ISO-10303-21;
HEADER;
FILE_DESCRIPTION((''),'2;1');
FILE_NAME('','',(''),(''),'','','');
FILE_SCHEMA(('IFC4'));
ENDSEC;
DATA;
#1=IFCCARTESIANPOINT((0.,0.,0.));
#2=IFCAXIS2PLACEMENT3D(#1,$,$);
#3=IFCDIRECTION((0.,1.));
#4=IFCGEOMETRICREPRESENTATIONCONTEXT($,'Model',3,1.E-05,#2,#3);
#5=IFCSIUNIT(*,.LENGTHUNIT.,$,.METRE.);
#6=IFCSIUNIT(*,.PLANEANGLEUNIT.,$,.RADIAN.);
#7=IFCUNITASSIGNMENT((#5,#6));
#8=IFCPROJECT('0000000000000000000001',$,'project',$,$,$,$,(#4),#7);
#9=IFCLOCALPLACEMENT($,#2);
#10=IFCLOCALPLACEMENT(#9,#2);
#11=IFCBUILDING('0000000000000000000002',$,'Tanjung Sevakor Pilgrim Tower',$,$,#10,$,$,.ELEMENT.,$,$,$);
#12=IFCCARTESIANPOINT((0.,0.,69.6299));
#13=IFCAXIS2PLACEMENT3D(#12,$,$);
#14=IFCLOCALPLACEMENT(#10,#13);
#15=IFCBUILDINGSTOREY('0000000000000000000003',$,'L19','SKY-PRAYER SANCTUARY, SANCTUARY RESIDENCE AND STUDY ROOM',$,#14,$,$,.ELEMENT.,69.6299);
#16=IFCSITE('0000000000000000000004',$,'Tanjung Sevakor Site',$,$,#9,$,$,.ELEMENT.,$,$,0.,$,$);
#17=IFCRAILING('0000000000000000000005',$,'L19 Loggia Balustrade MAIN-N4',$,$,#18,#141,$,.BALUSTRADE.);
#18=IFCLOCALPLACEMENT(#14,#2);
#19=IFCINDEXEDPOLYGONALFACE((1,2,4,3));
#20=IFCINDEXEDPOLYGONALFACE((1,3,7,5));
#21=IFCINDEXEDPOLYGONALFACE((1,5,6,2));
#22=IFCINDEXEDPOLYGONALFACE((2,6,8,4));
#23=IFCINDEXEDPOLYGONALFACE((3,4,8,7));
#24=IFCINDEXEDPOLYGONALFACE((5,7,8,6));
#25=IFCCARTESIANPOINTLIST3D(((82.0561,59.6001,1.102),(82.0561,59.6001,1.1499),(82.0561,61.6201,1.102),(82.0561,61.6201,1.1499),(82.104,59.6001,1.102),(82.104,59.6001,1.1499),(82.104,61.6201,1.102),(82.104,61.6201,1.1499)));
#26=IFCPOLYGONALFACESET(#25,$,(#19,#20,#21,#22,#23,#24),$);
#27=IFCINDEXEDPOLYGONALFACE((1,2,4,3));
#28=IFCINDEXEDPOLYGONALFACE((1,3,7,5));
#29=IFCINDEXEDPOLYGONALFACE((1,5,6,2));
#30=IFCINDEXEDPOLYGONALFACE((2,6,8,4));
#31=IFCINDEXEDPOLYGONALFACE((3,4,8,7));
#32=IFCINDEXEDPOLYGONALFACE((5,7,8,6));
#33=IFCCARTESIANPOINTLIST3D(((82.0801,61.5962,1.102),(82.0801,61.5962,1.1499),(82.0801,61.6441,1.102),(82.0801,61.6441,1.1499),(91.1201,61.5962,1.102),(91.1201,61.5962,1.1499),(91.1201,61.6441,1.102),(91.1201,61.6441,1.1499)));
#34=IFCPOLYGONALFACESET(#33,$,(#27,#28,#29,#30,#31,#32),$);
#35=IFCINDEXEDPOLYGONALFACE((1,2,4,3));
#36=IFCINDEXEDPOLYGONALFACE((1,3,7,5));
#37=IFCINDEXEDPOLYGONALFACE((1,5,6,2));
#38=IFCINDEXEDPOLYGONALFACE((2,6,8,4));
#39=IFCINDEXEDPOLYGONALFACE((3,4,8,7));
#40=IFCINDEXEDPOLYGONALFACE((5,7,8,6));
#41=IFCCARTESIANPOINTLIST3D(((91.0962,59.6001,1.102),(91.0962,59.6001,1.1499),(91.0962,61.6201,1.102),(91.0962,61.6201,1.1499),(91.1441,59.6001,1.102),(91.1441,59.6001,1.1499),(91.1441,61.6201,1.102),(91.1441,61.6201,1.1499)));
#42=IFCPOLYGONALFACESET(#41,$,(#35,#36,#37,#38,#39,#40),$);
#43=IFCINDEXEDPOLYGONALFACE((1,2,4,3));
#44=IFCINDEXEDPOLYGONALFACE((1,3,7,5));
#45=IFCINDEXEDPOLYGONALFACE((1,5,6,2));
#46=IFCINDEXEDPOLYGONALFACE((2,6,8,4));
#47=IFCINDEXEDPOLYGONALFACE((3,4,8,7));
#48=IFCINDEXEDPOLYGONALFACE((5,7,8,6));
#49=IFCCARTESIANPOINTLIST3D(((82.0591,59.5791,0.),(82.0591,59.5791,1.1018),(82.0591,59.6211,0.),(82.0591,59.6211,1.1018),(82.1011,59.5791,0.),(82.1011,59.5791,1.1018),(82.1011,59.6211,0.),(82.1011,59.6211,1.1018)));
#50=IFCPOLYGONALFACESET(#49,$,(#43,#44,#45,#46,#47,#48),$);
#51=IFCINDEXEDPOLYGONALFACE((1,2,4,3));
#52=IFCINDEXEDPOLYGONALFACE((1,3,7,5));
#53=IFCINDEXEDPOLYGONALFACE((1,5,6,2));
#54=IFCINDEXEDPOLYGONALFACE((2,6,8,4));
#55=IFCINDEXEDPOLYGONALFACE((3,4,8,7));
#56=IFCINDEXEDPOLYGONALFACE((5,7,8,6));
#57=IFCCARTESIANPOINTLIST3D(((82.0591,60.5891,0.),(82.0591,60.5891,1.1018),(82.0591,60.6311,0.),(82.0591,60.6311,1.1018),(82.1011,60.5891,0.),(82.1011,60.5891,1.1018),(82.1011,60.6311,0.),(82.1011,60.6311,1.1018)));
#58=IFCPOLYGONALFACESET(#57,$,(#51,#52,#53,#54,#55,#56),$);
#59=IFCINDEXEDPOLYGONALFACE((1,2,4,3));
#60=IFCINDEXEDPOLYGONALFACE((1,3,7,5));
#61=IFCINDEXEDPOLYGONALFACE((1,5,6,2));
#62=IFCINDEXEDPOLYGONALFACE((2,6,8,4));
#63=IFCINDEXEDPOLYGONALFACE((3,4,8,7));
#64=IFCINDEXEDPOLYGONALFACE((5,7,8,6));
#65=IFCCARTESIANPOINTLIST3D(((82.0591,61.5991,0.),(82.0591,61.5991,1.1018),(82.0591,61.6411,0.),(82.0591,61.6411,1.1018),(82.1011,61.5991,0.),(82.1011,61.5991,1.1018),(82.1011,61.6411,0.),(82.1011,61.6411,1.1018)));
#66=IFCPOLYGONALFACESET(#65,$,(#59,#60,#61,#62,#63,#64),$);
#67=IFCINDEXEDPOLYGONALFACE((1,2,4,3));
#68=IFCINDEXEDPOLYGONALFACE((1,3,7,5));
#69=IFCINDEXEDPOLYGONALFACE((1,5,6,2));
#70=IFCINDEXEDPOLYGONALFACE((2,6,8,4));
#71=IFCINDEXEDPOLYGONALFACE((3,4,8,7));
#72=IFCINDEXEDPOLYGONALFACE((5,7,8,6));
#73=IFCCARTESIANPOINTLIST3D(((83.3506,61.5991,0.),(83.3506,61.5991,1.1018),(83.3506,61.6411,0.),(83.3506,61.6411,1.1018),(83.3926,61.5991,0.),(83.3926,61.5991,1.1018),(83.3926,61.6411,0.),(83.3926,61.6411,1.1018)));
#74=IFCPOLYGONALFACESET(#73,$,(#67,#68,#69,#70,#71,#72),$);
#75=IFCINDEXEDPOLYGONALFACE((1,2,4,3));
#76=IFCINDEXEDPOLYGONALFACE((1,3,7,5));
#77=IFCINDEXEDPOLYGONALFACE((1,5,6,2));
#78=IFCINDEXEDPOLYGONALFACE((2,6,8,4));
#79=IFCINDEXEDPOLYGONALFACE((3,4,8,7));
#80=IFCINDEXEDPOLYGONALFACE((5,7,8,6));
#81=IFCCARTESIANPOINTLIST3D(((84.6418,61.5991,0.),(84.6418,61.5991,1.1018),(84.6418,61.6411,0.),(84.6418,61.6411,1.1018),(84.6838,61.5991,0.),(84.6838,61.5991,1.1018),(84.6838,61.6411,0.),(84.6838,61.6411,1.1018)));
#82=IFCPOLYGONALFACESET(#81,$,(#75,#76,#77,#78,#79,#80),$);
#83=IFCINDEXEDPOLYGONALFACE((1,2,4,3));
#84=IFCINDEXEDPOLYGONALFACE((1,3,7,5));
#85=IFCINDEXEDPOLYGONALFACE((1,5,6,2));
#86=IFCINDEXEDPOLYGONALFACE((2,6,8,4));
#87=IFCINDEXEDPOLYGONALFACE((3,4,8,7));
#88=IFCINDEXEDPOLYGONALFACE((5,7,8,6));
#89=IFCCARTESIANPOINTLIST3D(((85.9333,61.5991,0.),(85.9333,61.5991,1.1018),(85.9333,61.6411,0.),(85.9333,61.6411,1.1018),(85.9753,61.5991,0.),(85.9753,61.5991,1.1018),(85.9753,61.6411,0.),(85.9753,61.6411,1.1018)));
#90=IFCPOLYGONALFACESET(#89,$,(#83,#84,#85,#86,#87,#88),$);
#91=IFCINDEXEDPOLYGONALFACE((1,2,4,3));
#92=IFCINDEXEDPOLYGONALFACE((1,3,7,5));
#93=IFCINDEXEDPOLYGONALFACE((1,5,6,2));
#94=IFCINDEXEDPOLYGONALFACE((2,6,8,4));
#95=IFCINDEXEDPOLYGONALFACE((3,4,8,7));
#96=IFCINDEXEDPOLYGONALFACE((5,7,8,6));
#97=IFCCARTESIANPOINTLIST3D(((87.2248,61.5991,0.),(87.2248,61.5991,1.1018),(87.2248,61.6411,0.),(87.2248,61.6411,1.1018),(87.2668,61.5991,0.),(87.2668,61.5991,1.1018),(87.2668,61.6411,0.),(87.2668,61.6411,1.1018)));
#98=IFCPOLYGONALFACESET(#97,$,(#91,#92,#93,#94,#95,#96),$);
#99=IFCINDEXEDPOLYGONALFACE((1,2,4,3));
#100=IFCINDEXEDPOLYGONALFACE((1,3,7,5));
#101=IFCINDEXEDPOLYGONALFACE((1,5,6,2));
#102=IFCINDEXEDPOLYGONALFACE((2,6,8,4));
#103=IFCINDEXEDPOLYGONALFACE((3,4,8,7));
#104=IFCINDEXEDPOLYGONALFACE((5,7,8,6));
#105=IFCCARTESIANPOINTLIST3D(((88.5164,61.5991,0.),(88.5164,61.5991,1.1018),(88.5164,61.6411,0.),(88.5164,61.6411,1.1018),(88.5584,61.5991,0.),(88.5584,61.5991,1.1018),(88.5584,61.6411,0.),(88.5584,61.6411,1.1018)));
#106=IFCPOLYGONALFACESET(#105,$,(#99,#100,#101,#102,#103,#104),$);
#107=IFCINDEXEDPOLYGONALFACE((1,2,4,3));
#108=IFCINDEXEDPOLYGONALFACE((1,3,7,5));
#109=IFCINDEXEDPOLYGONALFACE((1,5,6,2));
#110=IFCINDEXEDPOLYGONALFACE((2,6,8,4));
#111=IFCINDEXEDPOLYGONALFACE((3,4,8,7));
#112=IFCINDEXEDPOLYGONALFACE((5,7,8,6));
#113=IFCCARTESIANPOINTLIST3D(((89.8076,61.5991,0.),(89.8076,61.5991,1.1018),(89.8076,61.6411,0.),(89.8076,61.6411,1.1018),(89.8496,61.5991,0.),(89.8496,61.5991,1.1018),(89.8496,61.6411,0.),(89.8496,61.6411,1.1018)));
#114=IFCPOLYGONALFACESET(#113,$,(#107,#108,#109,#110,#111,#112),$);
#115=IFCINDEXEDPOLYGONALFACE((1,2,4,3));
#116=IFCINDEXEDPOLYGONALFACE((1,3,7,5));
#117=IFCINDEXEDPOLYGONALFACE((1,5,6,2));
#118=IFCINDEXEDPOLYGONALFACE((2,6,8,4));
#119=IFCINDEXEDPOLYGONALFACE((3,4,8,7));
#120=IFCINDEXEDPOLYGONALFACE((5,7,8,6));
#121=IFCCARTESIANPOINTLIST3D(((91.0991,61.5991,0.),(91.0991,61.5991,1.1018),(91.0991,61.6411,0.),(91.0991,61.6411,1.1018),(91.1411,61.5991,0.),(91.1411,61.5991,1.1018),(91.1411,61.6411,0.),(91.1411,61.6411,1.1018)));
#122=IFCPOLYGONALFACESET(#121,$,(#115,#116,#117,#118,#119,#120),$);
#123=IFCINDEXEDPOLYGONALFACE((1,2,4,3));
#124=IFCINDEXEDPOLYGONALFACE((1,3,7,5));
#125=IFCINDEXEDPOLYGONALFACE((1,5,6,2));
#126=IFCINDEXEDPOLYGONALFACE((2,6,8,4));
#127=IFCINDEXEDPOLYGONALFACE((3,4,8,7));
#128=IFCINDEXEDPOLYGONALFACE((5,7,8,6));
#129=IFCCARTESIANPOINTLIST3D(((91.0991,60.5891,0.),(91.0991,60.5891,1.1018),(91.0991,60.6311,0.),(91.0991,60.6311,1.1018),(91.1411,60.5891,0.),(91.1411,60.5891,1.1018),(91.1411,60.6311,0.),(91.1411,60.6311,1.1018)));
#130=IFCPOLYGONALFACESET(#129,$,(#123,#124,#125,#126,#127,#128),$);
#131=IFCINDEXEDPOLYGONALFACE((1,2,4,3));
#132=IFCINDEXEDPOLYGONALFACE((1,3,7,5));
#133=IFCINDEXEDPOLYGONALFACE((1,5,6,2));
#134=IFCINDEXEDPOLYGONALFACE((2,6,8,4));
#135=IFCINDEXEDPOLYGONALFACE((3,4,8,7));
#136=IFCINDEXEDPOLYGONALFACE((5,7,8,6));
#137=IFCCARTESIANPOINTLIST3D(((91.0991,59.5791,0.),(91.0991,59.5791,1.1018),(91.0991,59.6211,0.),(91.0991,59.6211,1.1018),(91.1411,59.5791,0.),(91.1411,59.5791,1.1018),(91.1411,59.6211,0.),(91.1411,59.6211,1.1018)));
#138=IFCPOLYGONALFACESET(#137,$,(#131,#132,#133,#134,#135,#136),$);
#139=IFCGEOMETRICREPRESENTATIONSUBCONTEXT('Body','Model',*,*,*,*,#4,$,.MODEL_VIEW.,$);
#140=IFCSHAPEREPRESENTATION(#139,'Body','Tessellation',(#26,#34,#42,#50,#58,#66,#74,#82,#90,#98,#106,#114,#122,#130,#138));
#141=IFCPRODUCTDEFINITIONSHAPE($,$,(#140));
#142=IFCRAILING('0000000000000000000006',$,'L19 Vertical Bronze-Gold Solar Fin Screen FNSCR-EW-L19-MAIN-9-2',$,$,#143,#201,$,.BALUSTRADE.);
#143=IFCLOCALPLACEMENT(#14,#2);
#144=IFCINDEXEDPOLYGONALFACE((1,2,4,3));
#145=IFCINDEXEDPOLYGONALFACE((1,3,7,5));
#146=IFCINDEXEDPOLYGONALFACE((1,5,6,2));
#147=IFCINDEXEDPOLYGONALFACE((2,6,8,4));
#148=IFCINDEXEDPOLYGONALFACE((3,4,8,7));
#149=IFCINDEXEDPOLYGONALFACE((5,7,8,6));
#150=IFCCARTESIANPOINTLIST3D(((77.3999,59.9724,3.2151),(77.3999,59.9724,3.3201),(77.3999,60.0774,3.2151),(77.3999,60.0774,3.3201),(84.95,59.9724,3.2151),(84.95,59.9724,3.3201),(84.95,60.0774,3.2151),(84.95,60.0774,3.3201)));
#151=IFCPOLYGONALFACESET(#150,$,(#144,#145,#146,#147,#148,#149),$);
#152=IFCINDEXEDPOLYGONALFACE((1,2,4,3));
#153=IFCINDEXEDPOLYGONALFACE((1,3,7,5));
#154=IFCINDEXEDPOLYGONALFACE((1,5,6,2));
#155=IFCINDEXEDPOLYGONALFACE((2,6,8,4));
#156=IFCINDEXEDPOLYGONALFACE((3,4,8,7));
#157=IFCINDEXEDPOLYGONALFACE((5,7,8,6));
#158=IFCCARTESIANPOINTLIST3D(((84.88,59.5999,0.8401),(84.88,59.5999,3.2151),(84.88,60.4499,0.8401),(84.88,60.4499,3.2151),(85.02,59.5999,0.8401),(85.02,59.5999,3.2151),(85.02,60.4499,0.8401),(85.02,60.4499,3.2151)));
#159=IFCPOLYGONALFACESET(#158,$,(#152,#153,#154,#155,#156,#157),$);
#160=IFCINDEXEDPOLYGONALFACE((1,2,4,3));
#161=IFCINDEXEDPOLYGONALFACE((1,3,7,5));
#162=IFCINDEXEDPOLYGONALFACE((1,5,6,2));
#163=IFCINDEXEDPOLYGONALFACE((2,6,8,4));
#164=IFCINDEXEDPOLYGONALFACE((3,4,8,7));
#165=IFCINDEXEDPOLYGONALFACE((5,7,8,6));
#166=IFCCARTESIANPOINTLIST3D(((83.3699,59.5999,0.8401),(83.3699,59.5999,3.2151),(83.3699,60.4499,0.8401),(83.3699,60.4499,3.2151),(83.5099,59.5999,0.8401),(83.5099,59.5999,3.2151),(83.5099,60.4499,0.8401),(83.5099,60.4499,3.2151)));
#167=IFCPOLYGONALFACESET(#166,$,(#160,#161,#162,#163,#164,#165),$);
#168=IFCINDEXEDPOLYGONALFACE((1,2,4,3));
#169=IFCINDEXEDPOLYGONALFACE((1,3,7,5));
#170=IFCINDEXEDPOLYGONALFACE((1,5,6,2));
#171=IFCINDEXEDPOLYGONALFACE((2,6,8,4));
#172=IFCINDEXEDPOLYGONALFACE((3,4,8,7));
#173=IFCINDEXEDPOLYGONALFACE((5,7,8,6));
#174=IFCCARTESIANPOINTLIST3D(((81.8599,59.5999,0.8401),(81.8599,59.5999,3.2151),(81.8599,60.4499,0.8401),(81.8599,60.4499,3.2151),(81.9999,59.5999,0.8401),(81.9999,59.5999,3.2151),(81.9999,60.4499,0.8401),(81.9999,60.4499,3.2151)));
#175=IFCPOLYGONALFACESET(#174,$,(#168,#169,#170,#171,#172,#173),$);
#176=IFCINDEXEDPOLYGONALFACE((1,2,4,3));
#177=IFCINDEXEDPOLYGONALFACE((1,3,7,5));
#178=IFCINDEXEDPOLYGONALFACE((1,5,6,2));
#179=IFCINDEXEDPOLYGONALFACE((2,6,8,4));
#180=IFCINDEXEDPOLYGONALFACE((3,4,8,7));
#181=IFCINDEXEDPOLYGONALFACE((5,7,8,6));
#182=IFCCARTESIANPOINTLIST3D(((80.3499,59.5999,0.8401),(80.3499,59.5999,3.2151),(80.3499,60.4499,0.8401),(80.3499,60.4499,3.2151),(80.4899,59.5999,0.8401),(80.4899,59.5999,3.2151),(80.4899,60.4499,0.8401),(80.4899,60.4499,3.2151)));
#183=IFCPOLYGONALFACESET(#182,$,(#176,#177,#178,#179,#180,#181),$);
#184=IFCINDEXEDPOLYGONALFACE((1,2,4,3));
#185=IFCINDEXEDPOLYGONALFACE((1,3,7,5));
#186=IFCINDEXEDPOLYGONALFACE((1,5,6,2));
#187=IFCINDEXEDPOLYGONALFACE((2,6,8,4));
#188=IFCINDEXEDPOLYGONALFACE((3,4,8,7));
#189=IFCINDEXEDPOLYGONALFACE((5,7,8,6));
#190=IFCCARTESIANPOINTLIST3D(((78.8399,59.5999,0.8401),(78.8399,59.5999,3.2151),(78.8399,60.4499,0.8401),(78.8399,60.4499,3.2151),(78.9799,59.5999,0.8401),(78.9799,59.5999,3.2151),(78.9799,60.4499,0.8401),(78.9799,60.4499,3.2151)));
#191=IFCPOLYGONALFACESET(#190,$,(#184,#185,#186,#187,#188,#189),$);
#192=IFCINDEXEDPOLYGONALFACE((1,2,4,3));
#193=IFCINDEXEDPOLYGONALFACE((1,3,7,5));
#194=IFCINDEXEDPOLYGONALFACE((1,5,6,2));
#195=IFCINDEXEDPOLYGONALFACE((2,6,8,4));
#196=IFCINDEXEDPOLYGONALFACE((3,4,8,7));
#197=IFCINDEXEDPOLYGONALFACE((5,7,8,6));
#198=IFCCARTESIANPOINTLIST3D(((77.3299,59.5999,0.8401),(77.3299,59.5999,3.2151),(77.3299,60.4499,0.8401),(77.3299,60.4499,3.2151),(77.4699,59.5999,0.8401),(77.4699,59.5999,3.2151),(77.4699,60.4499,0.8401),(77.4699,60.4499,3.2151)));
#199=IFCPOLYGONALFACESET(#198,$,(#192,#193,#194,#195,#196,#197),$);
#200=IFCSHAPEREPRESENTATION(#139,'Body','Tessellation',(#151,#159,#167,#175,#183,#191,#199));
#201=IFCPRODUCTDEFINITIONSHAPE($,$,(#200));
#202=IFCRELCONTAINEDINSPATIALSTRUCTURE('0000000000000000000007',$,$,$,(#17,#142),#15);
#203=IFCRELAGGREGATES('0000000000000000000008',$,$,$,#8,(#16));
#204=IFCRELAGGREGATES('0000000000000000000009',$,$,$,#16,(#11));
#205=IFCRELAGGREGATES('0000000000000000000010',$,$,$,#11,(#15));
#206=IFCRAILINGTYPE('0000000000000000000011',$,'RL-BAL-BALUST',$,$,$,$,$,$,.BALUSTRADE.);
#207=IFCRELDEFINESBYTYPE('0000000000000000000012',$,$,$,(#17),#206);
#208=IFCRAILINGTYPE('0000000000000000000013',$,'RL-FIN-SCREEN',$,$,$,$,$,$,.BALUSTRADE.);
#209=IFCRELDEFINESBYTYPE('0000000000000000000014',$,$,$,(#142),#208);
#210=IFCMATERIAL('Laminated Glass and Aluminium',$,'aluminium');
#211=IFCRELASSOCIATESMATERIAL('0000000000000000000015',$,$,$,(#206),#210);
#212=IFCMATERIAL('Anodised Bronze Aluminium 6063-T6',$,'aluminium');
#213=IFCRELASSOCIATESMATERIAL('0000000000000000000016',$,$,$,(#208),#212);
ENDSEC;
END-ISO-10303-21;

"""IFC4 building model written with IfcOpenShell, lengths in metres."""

from ifc_helpers import new_model, si_unit, direction, frame, origin, place, context, subcontext, project, spatial, rectangle, extrude, material, type_object, element, save


model = new_model("IFC4")

# Units and contexts
model_context = context("Model", 3, precision=1e-05, world=origin(), true_north=direction((0.0, 1.0)))
body_context = subcontext(model_context, "Body", "Model", "MODEL_VIEW")
ifc_project = project(units=[si_unit("LENGTHUNIT", "METRE"), si_unit("PLANEANGLEUNIT", "RADIAN")], contexts=[model_context])

# Site, building, storey
site_placement = place(None, origin())
site = spatial("IfcSite", under=ifc_project, at=site_placement, Name="Tanjung Sevakor Site", CompositionType="ELEMENT", RefElevation=0.0)
building_placement = place(site_placement, origin())
building = spatial("IfcBuilding", under=site, at=building_placement, Name="Tanjung Sevakor Pilgrim Tower", CompositionType="ELEMENT")
storey_placement = place(building_placement, frame((0.0, 0.0, 69.6299)))
storey = spatial("IfcBuildingStorey", under=building, at=storey_placement, Name="L19", Description="SKY-PRAYER SANCTUARY, SANCTUARY RESIDENCE AND STUDY ROOM", CompositionType="ELEMENT", Elevation=69.6299)

# Railings
ifc_material_1 = material(Name="Laminated Glass and Aluminium", Category="aluminium")
railing_type_1 = type_object("IfcRailingType", Name="RL-BAL-BALUST", PredefinedType="BALUSTRADE", material=ifc_material_1)
railing_1_placement = place(storey_placement, frame((82.0801, 59.6001, 0.0)))
element("IfcRailing", 1, at=railing_1_placement, inside=storey, type_object=railing_type_1, Name="L19 Loggia Balustrade MAIN-N4", PredefinedType="BALUSTRADE", context=body_context, shape_type="SweptSolid", body=[
    extrude(rectangle(XDim=0.0479, YDim=0.0479), frame((0.0, 0.0, 1.126), z_axis=(0.0, 1.0, 0.0), x_axis=(-1.0, 0.0, 0.0)), (0.0, 0.0, 1.0), 2.02),
    extrude(rectangle(XDim=0.0479, YDim=0.0479), frame((0.0, 2.02, 1.126), z_axis=(1.0, 0.0, 0.0), x_axis=(0.0, 1.0, 0.0)), (0.0, 0.0, 1.0), 9.04),
    extrude(rectangle(XDim=0.0479, YDim=0.0479), frame((9.04, 2.02, 1.126), z_axis=(0.0, -1.0, 0.0), x_axis=(1.0, 0.0, 0.0)), (0.0, 0.0, 1.0), 2.02),
    extrude(rectangle(XDim=0.042, YDim=0.042), origin(), (0.0, 0.0, 1.0), 1.1018),
    extrude(rectangle(XDim=0.042, YDim=0.042), frame((0.0, 1.01, 0.0)), (0.0, 0.0, 1.0), 1.1018),
    extrude(rectangle(XDim=0.042, YDim=0.042), frame((0.0, 2.02, 0.0)), (0.0, 0.0, 1.0), 1.1018),
    extrude(rectangle(XDim=0.042, YDim=0.042), frame((1.2915, 2.02, 0.0)), (0.0, 0.0, 1.0), 1.1018),
    extrude(rectangle(XDim=0.042, YDim=0.042), frame((2.5828, 2.02, 0.0)), (0.0, 0.0, 1.0), 1.1018),
    extrude(rectangle(XDim=0.042, YDim=0.042), frame((3.8743, 2.02, 0.0)), (0.0, 0.0, 1.0), 1.1018),
    extrude(rectangle(XDim=0.042, YDim=0.042), frame((5.1658, 2.02, 0.0)), (0.0, 0.0, 1.0), 1.1018),
    extrude(rectangle(XDim=0.042, YDim=0.042), frame((6.4573, 2.02, 0.0)), (0.0, 0.0, 1.0), 1.1018),
    extrude(rectangle(XDim=0.042, YDim=0.042), frame((7.7485, 2.02, 0.0)), (0.0, 0.0, 1.0), 1.1018),
    extrude(rectangle(XDim=0.042, YDim=0.042), frame((9.04, 2.02, 0.0)), (0.0, 0.0, 1.0), 1.1018),
    extrude(rectangle(XDim=0.042, YDim=0.042), frame((9.04, 1.01, 0.0)), (0.0, 0.0, 1.0), 1.1018),
    extrude(rectangle(XDim=0.042, YDim=0.042), frame((9.04, 0.0, 0.0)), (0.0, 0.0, 1.0), 1.1018),
])
ifc_material_2 = material(Name="Anodised Bronze Aluminium 6063-T6", Category="aluminium")
railing_type_2 = type_object("IfcRailingType", Name="RL-FIN-SCREEN", PredefinedType="BALUSTRADE", material=ifc_material_2)
railing_2_placement = place(storey_placement, frame((84.95, 60.0249, 0.8401)))
element("IfcRailing", 2, at=railing_2_placement, inside=storey, type_object=railing_type_2, Name="L19 Vertical Bronze-Gold Solar Fin Screen FNSCR-EW-L19-MAIN-9-2", PredefinedType="BALUSTRADE", context=body_context, shape_type="SweptSolid", body=[
    extrude(rectangle(XDim=0.105, YDim=0.105), frame((0.0, 0.0, 2.4275), z_axis=(-1.0, 0.0, 0.0), x_axis=(0.0, -1.0, 0.0)), (0.0, 0.0, 1.0), 7.55),
    extrude(rectangle(XDim=0.14, YDim=0.85), origin(), (0.0, 0.0, 1.0), 2.375),
    extrude(rectangle(XDim=0.14, YDim=0.85), frame((-1.51, 0.0, 0.0)), (0.0, 0.0, 1.0), 2.375),
    extrude(rectangle(XDim=0.14, YDim=0.85), frame((-3.02, 0.0, 0.0)), (0.0, 0.0, 1.0), 2.375),
    extrude(rectangle(XDim=0.14, YDim=0.85), frame((-4.53, 0.0, 0.0)), (0.0, 0.0, 1.0), 2.375),
    extrude(rectangle(XDim=0.14, YDim=0.85), frame((-6.04, 0.0, 0.0)), (0.0, 0.0, 1.0), 2.375),
    extrude(rectangle(XDim=0.14, YDim=0.85), frame((-7.55, 0.0, 0.0)), (0.0, 0.0, 1.0), 2.375),
])

save(model, "model.ifc")
